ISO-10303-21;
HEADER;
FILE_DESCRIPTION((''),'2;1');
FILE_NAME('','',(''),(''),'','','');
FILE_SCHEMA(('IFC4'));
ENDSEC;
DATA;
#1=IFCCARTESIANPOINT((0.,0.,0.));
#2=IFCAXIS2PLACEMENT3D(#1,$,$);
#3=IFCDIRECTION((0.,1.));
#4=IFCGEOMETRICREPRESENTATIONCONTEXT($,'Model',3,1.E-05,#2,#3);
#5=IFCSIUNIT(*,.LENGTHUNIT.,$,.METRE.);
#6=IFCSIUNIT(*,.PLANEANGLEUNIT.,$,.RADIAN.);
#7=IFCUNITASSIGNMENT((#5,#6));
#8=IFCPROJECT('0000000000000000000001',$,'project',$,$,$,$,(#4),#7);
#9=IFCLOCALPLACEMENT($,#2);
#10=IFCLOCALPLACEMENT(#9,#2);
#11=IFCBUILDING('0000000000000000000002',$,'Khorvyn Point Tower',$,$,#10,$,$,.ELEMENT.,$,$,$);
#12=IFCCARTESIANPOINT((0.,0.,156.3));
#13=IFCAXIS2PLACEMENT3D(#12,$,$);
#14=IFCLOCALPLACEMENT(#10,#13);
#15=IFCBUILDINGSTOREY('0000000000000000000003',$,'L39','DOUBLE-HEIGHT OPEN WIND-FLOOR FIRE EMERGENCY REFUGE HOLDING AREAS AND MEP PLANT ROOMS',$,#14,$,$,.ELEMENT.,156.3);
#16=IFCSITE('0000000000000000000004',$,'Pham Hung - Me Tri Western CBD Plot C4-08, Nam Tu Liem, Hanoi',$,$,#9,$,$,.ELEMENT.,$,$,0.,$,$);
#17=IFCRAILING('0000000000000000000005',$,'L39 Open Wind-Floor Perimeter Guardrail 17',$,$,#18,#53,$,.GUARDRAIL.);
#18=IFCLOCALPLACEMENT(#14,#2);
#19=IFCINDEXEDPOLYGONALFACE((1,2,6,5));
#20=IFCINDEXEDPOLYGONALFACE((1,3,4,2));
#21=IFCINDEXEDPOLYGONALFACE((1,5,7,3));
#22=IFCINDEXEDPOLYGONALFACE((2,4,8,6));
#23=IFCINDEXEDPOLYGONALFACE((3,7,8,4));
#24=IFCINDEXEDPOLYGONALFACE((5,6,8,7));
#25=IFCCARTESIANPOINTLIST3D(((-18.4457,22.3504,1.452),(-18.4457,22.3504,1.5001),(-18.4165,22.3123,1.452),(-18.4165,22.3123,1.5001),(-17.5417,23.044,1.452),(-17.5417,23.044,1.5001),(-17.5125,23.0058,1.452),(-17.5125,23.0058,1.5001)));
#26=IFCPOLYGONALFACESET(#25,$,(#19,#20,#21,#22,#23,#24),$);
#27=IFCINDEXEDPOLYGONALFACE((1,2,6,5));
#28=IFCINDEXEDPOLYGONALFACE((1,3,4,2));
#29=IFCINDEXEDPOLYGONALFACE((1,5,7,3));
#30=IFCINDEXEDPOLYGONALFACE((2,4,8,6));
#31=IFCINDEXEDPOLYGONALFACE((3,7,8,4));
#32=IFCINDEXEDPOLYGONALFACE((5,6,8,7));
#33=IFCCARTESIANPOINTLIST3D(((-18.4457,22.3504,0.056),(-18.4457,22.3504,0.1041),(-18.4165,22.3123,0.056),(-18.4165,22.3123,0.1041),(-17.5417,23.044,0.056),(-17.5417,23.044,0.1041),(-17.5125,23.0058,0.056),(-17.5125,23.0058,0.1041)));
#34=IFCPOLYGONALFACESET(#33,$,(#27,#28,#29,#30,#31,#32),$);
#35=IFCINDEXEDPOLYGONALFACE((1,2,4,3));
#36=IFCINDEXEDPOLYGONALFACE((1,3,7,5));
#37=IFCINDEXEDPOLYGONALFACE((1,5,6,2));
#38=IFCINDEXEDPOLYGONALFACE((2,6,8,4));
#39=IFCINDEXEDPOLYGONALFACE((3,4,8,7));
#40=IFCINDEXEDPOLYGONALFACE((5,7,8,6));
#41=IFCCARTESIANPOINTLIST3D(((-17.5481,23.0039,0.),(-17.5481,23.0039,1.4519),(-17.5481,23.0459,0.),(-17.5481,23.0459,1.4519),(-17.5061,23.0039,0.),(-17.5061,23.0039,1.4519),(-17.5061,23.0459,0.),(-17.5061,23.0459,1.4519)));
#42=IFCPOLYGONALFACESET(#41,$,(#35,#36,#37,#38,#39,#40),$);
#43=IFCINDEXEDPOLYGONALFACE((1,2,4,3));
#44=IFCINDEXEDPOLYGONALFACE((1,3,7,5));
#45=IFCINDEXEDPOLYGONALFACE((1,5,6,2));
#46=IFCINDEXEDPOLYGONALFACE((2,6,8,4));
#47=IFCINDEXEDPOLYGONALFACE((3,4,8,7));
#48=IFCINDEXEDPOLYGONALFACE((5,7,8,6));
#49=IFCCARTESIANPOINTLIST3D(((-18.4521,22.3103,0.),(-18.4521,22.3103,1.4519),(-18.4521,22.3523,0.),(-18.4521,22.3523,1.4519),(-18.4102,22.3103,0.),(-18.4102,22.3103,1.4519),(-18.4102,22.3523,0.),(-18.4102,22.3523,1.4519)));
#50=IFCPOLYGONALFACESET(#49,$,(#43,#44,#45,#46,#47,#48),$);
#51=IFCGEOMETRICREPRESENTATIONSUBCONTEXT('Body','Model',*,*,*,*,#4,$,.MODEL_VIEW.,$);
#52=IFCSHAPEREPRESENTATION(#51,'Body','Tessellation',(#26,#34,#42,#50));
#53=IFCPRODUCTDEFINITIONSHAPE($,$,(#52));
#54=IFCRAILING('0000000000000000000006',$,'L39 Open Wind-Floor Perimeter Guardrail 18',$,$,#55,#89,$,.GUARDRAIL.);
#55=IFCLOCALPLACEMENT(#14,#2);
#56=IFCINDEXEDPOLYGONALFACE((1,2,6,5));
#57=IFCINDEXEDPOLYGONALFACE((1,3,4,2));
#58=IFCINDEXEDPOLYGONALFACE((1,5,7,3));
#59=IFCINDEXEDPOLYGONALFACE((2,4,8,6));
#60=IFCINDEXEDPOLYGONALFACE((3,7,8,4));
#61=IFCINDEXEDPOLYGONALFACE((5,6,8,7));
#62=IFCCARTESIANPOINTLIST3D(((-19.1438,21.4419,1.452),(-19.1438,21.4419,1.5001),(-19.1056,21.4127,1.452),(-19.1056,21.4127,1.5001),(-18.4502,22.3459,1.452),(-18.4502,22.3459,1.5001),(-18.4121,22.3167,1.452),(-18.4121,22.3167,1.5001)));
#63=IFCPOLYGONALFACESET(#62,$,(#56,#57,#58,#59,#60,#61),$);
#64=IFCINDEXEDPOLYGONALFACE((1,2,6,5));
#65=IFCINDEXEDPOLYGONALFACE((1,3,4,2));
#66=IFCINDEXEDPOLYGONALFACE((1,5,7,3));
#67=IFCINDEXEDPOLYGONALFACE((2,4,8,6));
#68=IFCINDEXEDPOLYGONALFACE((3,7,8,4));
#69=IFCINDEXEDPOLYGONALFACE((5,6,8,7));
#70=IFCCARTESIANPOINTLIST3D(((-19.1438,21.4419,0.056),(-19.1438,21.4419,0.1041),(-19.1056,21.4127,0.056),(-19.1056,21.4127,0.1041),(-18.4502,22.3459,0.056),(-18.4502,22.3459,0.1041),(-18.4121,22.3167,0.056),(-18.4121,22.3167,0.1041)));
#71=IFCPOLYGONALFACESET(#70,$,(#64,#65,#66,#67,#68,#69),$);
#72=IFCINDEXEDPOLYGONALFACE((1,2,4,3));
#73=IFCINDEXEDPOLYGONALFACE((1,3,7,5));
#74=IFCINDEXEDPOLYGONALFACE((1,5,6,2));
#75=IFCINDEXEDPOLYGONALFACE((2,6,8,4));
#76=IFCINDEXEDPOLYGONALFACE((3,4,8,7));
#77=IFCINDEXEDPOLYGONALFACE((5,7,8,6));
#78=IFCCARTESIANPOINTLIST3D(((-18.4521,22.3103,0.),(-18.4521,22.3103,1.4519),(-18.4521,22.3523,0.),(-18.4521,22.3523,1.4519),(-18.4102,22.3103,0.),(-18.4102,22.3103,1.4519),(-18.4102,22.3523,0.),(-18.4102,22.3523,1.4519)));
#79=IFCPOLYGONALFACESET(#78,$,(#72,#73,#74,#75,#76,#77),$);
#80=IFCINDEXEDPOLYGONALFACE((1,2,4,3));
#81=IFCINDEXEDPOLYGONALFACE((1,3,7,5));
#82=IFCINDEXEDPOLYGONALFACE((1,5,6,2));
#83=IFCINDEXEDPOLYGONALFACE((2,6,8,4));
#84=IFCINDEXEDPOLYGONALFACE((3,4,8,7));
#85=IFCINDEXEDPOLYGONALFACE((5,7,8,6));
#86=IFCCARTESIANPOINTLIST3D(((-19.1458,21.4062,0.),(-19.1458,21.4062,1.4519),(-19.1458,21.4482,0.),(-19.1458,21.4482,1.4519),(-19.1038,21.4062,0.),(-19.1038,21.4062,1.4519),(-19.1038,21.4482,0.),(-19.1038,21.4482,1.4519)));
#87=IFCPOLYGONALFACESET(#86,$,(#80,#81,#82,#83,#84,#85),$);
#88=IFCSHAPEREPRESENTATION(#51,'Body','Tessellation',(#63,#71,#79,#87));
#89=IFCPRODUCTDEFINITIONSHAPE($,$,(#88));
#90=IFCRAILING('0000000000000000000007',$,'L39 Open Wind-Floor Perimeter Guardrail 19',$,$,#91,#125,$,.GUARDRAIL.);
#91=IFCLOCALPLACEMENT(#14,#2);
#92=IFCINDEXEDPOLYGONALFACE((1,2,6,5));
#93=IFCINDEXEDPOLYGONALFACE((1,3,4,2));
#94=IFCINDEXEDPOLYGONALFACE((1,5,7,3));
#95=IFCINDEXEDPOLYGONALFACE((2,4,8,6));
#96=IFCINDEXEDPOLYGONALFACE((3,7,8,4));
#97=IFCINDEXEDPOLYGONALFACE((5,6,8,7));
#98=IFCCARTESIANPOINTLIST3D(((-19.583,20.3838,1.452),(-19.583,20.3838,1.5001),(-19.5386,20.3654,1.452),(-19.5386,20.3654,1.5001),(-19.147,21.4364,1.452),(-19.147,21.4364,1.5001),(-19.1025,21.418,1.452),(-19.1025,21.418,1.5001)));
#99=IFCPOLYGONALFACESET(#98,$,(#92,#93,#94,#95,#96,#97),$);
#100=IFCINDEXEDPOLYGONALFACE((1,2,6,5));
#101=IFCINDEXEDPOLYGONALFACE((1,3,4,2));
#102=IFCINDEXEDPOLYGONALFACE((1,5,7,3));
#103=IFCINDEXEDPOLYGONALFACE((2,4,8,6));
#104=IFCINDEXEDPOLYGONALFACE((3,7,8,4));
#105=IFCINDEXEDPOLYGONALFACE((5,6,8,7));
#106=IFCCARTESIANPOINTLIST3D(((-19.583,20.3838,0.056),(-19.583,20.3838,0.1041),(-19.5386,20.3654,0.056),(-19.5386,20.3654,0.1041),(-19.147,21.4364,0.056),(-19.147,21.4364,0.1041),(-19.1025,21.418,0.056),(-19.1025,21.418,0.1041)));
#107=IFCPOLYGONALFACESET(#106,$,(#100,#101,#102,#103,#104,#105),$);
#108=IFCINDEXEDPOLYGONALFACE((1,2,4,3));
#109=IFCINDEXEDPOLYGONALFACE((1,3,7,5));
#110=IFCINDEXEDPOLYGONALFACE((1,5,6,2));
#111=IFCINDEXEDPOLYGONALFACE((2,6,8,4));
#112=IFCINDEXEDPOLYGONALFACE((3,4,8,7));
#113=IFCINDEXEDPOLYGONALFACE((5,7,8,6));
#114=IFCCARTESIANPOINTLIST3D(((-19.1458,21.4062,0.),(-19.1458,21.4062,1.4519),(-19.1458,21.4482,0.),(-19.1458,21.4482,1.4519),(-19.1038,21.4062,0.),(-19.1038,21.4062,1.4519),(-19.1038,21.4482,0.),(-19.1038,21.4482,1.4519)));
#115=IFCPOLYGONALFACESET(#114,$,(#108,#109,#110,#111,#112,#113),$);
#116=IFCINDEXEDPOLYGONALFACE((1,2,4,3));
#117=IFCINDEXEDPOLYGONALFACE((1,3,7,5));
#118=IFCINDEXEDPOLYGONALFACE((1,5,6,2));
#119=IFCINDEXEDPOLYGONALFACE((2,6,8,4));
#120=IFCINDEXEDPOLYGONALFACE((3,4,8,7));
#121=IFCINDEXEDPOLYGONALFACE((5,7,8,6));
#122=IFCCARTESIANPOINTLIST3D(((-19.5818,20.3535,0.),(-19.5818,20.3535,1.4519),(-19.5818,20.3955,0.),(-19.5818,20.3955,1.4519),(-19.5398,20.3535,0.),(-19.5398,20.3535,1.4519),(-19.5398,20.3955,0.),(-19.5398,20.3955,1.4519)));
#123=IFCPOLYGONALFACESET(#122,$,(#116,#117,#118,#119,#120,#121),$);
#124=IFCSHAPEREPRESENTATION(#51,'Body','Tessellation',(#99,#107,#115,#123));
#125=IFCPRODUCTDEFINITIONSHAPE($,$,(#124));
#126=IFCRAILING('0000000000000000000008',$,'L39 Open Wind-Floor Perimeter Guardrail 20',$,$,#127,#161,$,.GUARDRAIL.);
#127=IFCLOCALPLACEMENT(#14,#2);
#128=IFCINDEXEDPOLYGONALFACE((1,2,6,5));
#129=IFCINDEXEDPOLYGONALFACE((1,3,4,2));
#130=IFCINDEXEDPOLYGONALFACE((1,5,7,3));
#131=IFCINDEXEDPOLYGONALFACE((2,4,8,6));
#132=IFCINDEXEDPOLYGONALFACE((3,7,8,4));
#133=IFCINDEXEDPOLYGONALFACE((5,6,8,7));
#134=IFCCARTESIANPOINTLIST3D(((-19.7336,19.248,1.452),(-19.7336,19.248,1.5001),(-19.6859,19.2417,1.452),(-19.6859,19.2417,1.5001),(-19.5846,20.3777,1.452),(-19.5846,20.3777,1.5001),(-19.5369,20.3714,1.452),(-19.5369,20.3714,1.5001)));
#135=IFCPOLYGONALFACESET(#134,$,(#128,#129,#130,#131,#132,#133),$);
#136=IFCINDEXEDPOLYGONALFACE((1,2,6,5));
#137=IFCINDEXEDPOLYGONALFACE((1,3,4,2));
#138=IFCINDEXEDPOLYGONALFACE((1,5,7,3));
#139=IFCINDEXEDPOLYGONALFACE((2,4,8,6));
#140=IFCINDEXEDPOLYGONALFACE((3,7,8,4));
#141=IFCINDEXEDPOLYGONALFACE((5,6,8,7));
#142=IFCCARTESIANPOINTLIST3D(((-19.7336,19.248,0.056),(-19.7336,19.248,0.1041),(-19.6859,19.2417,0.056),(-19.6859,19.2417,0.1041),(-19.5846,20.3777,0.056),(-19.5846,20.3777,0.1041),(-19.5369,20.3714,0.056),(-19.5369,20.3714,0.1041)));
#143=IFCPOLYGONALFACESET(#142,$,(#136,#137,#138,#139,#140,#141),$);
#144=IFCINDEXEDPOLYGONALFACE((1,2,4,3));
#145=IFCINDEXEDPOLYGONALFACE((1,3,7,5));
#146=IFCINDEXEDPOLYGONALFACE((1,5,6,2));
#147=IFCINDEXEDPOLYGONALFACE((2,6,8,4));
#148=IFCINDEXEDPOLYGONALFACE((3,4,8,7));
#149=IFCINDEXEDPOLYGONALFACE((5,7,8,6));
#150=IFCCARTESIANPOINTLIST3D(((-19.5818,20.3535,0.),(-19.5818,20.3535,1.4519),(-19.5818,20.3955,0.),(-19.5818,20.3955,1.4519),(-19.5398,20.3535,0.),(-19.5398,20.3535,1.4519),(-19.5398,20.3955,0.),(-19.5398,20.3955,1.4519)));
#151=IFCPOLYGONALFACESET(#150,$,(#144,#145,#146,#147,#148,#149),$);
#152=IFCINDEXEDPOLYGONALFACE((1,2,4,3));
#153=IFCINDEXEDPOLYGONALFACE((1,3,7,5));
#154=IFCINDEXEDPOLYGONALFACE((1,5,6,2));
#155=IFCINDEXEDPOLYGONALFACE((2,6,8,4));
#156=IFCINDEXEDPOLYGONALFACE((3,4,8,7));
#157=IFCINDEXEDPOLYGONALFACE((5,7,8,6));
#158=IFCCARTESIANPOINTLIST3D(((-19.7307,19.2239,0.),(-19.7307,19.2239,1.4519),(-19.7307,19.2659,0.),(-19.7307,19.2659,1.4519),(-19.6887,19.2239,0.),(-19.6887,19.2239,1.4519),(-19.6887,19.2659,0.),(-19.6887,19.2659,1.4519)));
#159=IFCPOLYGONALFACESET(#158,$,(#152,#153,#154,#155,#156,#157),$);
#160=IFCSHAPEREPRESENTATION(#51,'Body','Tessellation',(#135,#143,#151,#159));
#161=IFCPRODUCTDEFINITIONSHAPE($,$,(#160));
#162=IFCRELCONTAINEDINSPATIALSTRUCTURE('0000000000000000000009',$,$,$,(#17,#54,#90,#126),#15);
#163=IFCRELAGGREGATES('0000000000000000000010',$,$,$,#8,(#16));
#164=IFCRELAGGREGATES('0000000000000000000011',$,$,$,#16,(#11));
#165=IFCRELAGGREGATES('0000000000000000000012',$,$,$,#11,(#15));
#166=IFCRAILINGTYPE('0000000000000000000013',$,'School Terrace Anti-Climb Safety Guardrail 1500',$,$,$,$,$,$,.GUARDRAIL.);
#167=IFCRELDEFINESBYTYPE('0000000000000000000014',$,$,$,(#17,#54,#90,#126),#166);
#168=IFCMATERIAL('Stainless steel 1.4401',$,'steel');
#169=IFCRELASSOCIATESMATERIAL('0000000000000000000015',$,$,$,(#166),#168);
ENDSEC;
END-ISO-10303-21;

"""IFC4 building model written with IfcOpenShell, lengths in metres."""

from ifc_helpers import new_model, si_unit, direction, frame, origin, origin_2d, place, context, subcontext, project, spatial, rectangle, extrude, material, type_object, element, save


model = new_model("IFC4")

# Units and contexts
model_context = context("Model", 3, precision=1e-05, world=origin(), true_north=direction((0.0, 1.0)))
body_context = subcontext(model_context, "Body", "Model", "MODEL_VIEW")
ifc_project = project(units=[si_unit("LENGTHUNIT", "METRE"), si_unit("PLANEANGLEUNIT", "RADIAN")], contexts=[model_context])

# Site, building, storey
site_placement = place(None, origin())
site = spatial("IfcSite", under=ifc_project, at=site_placement, Name="Pham Hung - Me Tri Western CBD Plot C4-08, Nam Tu Liem, Hanoi", CompositionType="ELEMENT", RefElevation=0.0)
building_placement = place(site_placement, origin())
building = spatial("IfcBuilding", under=site, at=building_placement, Name="Khorvyn Point Tower", CompositionType="ELEMENT")
storey_placement = place(building_placement, frame((0.0, 0.0, 156.3)))
storey = spatial("IfcBuildingStorey", under=building, at=storey_placement, Name="L39", Description="DOUBLE-HEIGHT OPEN WIND-FLOOR FIRE EMERGENCY REFUGE HOLDING AREAS AND MEP PLANT ROOMS", CompositionType="ELEMENT", Elevation=156.3)

# Railings
ifc_material_1 = material(Name="Stainless steel 1.4401", Category="steel")
railing_type = type_object("IfcRailingType", Name="School Terrace Anti-Climb Safety Guardrail 1500", PredefinedType="GUARDRAIL", material=ifc_material_1)
railing_1_placement = place(storey_placement, frame((-17.5271, 23.0249, 0.0)))
element("IfcRailing", 1, at=railing_1_placement, inside=storey, type_object=railing_type, Name="L39 Open Wind-Floor Perimeter Guardrail 17", PredefinedType="GUARDRAIL", context=body_context, shape_type="SweptSolid", body=[
    extrude(rectangle(XDim=0.0481, YDim=0.0481, at=origin_2d()), frame((0.0, 0.0, 1.4761), z_axis=(-0.793396, -0.608706, 0.0), x_axis=(0.608706, -0.793396, 0.0)), (0.0, 0.0, 1.0), 1.1394),
    extrude(rectangle(XDim=0.0481, YDim=0.0481, at=origin_2d()), frame((0.0, 0.0, 0.0801), z_axis=(-0.793396, -0.608706, 0.0), x_axis=(0.608706, -0.793396, 0.0)), (0.0, 0.0, 1.0), 1.1394),
    extrude(rectangle(XDim=0.042, YDim=0.042, at=origin_2d()), origin(), (0.0, 0.0, 1.0), 1.4519),
    extrude(rectangle(XDim=0.042, YDim=0.042, at=origin_2d()), frame((-0.9041, -0.6936, 0.0)), (0.0, 0.0, 1.0), 1.4519),
])
railing_2_placement = place(storey_placement, frame((-18.4312, 22.3313, 0.0)))
element("IfcRailing", 2, at=railing_2_placement, inside=storey, type_object=railing_type, Name="L39 Open Wind-Floor Perimeter Guardrail 18", PredefinedType="GUARDRAIL", context=body_context, shape_type="SweptSolid", body=[
    extrude(rectangle(XDim=0.0481, YDim=0.0481, at=origin_2d()), frame((0.0, 0.0, 1.4761), z_axis=(-0.608706, -0.793396, 0.0), x_axis=(0.793396, -0.608706, 0.0)), (0.0, 0.0, 1.0), 1.1394),
    extrude(rectangle(XDim=0.0481, YDim=0.0481, at=origin_2d()), frame((0.0, 0.0, 0.0801), z_axis=(-0.608706, -0.793396, 0.0), x_axis=(0.793396, -0.608706, 0.0)), (0.0, 0.0, 1.0), 1.1394),
    extrude(rectangle(XDim=0.042, YDim=0.042, at=origin_2d()), origin(), (0.0, 0.0, 1.0), 1.4519),
    extrude(rectangle(XDim=0.042, YDim=0.042, at=origin_2d()), frame((-0.6936, -0.9041, 0.0)), (0.0, 0.0, 1.0), 1.4519),
])
railing_3_placement = place(storey_placement, frame((-19.1248, 21.4272, 0.0)))
element("IfcRailing", 3, at=railing_3_placement, inside=storey, type_object=railing_type, Name="L39 Open Wind-Floor Perimeter Guardrail 19", PredefinedType="GUARDRAIL", context=body_context, shape_type="SweptSolid", body=[
    extrude(rectangle(XDim=0.0481, YDim=0.0481, at=origin_2d()), frame((0.0, 0.0, 1.4761), z_axis=(-0.382667, -0.923886, 0.0), x_axis=(0.923886, -0.382667, 0.0)), (0.0, 0.0, 1.0), 1.1394),
    extrude(rectangle(XDim=0.0481, YDim=0.0481, at=origin_2d()), frame((0.0, 0.0, 0.0801), z_axis=(-0.382667, -0.923886, 0.0), x_axis=(0.923886, -0.382667, 0.0)), (0.0, 0.0, 1.0), 1.1394),
    extrude(rectangle(XDim=0.042, YDim=0.042, at=origin_2d()), origin(), (0.0, 0.0, 1.0), 1.4519),
    extrude(rectangle(XDim=0.042, YDim=0.042, at=origin_2d()), frame((-0.436, -1.0527, 0.0)), (0.0, 0.0, 1.0), 1.4519),
])
railing_4_placement = place(storey_placement, frame((-19.5608, 20.3745, 0.0)))
element("IfcRailing", 4, at=railing_4_placement, inside=storey, type_object=railing_type, Name="L39 Open Wind-Floor Perimeter Guardrail 20", PredefinedType="GUARDRAIL", context=body_context, shape_type="SweptSolid", body=[
    extrude(rectangle(XDim=0.0481, YDim=0.0481, at=origin_2d()), frame((0.0, 0.0, 1.4761), z_axis=(-0.130704, -0.991421, 0.0), x_axis=(0.991421, -0.130704, 0.0)), (0.0, 0.0, 1.0), 1.1394),
    extrude(rectangle(XDim=0.0481, YDim=0.0481, at=origin_2d()), frame((0.0, 0.0, 0.0801), z_axis=(-0.130704, -0.991421, 0.0), x_axis=(0.991421, -0.130704, 0.0)), (0.0, 0.0, 1.0), 1.1394),
    extrude(rectangle(XDim=0.042, YDim=0.042, at=origin_2d()), origin(), (0.0, 0.0, 1.0), 1.4519),
    extrude(rectangle(XDim=0.042, YDim=0.042, at=origin_2d()), frame((-0.1489, -1.1296, 0.0)), (0.0, 0.0, 1.0), 1.4519),
])

save(model, "model.ifc")
